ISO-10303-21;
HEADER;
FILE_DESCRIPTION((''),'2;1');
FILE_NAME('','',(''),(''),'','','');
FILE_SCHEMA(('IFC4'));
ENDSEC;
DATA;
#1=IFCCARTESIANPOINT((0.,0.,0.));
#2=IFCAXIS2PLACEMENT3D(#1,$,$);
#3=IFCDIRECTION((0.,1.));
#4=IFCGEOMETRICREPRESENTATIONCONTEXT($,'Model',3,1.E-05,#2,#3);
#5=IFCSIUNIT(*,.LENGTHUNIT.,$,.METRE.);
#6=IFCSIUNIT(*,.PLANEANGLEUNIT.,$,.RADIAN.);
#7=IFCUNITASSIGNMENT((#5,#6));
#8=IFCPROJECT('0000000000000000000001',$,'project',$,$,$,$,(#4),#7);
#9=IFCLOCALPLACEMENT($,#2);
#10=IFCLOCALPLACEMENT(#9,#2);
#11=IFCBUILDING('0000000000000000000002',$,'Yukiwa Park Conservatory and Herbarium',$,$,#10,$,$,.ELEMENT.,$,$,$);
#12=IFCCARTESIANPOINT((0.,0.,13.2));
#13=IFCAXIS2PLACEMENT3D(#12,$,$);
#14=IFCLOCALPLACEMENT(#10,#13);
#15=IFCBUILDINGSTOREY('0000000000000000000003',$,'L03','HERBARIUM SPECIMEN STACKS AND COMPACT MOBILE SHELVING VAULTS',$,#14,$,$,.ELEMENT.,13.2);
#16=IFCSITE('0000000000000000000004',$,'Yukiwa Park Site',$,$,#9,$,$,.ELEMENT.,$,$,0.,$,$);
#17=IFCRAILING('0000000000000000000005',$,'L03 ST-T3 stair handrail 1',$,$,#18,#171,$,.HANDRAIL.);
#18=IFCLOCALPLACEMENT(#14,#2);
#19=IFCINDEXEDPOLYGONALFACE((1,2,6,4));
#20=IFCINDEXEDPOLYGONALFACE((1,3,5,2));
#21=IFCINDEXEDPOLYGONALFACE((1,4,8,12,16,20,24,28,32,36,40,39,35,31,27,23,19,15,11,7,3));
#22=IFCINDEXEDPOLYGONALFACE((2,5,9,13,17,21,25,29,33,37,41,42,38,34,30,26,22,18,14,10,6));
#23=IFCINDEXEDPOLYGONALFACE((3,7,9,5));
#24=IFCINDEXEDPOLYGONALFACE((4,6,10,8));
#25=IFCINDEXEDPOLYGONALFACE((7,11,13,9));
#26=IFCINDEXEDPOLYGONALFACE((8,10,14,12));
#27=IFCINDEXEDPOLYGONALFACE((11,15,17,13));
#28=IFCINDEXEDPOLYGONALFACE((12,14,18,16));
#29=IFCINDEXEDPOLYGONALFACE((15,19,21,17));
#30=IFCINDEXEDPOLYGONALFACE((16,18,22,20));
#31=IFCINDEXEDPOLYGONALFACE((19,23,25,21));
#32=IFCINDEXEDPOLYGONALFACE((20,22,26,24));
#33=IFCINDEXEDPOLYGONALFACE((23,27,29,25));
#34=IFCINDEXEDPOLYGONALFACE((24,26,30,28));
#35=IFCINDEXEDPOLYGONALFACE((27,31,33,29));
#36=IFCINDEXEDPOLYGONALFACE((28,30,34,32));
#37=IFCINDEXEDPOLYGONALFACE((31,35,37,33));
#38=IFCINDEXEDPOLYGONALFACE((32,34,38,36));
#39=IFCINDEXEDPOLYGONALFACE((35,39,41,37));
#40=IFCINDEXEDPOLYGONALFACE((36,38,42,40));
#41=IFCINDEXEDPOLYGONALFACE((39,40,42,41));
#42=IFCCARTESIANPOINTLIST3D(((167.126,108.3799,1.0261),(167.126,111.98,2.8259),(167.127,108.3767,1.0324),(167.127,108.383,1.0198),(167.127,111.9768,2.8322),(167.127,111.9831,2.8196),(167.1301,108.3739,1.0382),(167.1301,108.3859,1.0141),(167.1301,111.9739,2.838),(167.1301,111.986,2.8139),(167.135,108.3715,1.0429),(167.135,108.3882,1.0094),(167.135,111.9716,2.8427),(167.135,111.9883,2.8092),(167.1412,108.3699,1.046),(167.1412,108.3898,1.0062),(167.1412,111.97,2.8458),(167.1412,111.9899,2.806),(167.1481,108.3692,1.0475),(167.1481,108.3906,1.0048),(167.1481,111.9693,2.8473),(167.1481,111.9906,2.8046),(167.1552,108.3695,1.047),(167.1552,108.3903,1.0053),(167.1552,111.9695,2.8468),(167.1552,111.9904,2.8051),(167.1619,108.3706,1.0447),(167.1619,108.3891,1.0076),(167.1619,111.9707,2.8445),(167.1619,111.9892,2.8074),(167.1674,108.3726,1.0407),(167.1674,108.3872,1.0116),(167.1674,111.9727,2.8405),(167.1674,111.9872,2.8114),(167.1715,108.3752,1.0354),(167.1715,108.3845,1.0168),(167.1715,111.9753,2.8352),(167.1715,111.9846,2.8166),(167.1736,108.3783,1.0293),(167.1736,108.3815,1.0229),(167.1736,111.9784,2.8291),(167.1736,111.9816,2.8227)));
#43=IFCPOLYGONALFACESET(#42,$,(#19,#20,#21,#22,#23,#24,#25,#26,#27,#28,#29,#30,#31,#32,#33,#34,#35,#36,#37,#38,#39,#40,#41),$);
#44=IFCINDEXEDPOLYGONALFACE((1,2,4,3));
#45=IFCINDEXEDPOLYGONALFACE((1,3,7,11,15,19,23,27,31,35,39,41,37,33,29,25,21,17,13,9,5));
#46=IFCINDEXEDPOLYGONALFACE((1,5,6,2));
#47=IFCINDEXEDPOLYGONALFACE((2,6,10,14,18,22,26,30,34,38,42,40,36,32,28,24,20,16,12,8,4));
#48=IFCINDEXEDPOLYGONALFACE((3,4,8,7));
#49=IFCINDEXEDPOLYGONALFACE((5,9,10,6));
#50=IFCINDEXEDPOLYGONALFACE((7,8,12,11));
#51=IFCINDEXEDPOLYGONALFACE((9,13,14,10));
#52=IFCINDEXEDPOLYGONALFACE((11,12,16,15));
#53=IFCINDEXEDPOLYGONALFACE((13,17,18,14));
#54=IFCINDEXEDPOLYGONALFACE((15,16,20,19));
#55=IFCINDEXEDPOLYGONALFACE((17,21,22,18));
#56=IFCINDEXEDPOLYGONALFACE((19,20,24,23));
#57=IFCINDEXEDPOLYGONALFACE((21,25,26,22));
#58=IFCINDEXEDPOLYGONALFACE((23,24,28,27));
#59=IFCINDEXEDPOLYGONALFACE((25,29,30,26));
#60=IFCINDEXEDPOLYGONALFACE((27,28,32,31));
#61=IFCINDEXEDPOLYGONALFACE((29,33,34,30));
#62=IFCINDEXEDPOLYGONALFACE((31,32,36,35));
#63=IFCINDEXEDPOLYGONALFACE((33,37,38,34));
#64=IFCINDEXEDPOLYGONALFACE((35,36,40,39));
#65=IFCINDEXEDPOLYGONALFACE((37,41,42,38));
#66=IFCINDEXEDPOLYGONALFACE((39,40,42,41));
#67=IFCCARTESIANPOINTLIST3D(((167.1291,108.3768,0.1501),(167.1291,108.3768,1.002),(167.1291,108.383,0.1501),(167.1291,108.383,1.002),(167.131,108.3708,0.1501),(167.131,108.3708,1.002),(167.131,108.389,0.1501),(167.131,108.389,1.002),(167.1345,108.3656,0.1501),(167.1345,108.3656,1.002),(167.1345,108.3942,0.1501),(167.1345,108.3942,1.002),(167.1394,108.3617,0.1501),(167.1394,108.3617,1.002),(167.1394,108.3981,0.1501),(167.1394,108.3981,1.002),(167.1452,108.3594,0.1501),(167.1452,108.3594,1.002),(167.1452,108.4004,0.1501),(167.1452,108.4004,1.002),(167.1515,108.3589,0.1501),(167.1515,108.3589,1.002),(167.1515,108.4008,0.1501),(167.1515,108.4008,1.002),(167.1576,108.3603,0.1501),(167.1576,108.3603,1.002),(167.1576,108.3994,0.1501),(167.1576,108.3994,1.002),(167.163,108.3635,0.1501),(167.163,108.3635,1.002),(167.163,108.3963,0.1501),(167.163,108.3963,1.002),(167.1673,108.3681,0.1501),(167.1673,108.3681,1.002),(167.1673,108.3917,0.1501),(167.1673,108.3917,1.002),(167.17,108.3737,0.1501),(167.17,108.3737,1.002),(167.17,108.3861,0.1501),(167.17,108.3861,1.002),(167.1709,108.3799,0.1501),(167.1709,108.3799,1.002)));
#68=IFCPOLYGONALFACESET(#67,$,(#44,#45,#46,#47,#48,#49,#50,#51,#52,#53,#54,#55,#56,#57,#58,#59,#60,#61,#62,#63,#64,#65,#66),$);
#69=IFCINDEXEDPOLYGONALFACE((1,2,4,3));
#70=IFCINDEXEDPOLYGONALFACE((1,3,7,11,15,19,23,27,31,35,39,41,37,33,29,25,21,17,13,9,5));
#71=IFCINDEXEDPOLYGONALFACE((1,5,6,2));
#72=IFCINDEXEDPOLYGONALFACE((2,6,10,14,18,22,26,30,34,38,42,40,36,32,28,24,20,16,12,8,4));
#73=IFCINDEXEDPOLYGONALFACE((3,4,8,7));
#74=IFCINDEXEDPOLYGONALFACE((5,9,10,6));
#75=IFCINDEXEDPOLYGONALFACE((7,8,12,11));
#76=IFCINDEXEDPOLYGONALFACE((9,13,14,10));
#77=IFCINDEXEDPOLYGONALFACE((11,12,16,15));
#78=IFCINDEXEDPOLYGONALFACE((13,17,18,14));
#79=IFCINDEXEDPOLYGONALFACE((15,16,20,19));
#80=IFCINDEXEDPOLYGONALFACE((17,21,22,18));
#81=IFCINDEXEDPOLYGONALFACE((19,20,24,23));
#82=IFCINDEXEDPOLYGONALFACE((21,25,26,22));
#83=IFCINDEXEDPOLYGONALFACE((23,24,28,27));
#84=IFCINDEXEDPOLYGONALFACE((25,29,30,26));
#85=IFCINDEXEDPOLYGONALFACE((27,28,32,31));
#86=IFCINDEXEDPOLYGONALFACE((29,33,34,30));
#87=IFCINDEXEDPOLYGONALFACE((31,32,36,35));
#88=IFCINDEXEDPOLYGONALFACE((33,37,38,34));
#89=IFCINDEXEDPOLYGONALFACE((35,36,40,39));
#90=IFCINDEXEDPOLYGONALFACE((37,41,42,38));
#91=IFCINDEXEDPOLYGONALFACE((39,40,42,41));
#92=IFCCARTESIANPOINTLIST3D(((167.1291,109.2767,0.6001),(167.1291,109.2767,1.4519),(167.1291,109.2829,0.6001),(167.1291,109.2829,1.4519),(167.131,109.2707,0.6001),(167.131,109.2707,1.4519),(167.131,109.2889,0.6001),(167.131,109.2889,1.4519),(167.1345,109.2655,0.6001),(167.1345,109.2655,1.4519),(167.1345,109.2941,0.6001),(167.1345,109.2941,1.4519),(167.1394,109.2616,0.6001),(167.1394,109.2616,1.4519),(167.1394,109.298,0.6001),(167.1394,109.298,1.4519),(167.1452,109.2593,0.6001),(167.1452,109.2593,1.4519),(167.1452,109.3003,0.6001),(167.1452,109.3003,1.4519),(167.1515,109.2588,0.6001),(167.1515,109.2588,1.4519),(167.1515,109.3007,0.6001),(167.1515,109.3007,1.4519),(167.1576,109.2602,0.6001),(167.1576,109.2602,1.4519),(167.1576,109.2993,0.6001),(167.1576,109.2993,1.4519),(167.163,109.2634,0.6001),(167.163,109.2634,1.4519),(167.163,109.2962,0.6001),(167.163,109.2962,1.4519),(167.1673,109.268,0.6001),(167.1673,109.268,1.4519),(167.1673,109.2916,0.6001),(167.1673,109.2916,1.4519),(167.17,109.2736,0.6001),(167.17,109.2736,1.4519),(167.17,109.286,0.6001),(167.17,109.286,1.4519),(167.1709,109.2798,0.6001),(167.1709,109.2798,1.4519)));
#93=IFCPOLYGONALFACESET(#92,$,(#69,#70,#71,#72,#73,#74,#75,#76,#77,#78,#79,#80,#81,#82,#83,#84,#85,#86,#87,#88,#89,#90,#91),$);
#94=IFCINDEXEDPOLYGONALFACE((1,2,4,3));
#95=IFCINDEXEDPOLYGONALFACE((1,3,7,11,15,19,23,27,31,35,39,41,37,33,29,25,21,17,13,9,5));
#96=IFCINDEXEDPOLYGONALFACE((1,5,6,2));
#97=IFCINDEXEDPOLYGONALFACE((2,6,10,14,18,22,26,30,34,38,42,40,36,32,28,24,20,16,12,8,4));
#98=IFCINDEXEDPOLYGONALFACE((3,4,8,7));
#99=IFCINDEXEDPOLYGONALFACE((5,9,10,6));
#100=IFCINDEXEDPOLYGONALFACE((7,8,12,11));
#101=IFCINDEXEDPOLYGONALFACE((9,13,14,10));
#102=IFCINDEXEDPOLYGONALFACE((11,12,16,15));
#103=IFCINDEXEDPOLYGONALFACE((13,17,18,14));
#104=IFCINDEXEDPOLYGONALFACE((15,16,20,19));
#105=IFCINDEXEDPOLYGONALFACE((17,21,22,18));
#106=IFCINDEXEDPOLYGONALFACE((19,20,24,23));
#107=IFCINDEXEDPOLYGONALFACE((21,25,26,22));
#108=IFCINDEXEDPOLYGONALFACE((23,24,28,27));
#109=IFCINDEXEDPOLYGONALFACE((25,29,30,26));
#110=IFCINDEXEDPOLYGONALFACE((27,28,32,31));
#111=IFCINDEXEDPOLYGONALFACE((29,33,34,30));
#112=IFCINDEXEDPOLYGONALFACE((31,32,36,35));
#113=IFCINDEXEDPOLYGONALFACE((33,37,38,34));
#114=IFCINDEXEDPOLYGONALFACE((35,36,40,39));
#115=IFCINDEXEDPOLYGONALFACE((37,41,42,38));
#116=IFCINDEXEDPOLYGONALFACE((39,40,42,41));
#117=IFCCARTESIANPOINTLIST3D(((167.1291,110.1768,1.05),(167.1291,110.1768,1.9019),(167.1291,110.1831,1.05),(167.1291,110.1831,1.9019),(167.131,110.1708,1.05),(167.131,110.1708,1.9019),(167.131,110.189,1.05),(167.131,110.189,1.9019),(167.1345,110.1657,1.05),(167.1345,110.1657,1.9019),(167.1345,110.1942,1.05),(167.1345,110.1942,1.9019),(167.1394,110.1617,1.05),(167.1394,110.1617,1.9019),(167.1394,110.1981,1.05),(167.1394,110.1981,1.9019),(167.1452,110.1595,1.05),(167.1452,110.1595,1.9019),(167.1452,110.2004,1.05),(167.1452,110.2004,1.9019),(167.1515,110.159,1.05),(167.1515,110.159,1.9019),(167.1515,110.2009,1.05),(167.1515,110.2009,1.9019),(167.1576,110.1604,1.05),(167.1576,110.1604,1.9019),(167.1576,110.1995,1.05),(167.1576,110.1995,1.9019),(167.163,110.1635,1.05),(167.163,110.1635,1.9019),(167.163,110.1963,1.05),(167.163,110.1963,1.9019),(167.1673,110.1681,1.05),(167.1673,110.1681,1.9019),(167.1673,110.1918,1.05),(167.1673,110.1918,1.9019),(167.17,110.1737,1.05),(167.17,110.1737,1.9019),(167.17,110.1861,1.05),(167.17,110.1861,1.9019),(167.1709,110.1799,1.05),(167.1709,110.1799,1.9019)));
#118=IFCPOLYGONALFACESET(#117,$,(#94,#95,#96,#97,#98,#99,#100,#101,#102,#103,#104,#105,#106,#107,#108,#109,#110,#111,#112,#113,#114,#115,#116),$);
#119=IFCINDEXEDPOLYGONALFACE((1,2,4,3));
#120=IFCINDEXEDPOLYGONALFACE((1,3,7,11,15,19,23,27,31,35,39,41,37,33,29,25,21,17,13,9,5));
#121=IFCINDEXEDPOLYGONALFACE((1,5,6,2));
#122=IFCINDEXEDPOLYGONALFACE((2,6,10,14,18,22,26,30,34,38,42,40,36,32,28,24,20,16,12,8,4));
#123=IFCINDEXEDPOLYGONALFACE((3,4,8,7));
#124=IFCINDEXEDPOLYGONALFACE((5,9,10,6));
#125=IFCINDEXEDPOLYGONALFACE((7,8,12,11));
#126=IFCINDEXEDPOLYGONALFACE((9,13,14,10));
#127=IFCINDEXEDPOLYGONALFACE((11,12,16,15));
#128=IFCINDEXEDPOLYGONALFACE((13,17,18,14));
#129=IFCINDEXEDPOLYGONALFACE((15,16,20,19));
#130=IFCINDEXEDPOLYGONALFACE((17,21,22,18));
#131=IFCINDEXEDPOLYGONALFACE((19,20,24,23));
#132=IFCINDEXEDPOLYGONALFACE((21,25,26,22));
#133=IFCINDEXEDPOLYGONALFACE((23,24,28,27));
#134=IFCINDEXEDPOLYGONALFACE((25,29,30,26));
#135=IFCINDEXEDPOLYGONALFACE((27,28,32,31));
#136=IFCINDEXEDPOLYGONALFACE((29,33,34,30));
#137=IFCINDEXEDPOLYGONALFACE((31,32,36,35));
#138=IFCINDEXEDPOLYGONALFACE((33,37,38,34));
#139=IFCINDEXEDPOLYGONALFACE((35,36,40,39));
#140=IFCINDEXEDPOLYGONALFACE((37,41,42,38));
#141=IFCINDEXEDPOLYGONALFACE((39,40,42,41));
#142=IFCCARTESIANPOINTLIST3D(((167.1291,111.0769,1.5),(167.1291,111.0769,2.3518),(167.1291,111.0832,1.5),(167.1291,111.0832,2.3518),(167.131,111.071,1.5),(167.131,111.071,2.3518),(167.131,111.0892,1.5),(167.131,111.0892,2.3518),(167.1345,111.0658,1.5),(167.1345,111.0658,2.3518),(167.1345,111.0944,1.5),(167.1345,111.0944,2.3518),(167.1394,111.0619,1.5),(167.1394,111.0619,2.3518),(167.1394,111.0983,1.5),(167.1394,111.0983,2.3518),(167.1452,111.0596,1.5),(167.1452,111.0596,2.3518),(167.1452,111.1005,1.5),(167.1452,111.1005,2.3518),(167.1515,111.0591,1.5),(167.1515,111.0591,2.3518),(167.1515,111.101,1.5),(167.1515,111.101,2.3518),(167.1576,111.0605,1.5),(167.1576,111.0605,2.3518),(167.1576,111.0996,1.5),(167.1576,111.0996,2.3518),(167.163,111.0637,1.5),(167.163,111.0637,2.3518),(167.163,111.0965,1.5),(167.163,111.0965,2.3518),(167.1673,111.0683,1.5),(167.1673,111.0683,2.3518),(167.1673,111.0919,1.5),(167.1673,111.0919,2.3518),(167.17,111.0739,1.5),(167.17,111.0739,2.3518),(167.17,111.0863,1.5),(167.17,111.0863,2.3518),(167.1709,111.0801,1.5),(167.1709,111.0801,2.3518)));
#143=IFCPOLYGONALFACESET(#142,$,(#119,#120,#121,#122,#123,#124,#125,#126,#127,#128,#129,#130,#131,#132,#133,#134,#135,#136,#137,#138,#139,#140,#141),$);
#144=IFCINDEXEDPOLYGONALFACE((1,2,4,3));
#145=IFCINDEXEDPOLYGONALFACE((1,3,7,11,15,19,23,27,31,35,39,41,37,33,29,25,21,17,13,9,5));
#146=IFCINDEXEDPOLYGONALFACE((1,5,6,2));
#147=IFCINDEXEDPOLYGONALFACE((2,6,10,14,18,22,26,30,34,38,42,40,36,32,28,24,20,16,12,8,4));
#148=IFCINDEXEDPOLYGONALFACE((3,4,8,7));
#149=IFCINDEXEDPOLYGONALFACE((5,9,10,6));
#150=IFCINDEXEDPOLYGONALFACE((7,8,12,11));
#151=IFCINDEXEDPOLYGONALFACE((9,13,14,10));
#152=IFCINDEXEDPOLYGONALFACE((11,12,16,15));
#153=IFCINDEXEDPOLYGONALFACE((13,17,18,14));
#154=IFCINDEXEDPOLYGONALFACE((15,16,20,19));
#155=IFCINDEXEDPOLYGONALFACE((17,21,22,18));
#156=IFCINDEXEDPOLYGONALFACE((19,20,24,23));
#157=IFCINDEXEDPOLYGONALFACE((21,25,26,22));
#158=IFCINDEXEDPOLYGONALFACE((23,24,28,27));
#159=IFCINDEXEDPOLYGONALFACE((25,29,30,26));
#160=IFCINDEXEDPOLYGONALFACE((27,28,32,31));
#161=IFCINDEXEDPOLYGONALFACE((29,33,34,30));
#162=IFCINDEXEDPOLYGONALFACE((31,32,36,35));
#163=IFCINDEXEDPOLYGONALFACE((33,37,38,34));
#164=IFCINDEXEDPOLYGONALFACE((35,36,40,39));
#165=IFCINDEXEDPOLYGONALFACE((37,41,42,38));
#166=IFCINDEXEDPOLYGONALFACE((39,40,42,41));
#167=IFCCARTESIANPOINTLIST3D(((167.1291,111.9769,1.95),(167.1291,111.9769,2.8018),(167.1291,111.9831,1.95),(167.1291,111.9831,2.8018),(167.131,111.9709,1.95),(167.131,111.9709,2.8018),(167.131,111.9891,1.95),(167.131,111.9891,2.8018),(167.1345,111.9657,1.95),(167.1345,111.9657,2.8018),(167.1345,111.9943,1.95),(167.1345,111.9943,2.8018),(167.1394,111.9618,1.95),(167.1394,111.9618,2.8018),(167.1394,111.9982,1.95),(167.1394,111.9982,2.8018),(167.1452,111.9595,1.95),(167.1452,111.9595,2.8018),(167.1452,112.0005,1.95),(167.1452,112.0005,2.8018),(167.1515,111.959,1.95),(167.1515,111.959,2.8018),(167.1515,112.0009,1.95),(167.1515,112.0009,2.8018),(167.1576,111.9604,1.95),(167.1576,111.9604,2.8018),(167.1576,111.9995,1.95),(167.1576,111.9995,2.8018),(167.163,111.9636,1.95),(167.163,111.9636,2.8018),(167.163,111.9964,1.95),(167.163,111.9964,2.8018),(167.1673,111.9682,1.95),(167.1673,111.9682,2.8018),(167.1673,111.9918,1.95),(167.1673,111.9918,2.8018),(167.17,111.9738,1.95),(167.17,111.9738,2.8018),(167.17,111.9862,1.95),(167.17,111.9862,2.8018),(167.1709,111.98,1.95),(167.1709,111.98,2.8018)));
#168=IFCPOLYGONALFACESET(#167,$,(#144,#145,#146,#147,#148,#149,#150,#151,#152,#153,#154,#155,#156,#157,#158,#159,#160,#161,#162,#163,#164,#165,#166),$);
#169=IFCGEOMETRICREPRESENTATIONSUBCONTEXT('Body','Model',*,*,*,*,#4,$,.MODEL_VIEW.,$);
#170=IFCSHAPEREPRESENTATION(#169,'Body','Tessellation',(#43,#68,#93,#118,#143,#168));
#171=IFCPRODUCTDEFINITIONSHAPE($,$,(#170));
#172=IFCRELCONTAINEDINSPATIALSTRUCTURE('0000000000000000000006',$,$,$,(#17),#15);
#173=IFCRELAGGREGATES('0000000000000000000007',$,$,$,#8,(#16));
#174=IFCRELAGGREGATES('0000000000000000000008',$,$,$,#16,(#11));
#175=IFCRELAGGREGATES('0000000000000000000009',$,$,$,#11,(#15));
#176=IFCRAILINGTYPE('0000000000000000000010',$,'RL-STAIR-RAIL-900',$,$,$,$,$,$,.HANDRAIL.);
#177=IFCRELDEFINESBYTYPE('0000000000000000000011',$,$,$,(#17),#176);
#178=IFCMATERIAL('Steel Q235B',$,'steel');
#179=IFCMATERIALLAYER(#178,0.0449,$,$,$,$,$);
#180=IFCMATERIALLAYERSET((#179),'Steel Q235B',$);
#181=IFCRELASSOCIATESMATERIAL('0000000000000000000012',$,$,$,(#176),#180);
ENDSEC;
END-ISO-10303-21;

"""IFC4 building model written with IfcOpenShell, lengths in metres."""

from ifc_helpers import new_model, si_unit, direction, frame, origin, origin_2d, place, context, subcontext, project, spatial, circle, extrude, material, layer, layer_set, type_object, element, save


model = new_model("IFC4")

# Units and contexts
model_context = context("Model", 3, precision=1e-05, world=origin(), true_north=direction((0.0, 1.0)))
body_context = subcontext(model_context, "Body", "Model", "MODEL_VIEW")
ifc_project = project(units=[si_unit("LENGTHUNIT", "METRE"), si_unit("PLANEANGLEUNIT", "RADIAN")], contexts=[model_context])

# Site, building, storey
site_placement = place(None, origin())
site = spatial("IfcSite", under=ifc_project, at=site_placement, Name="Yukiwa Park Site", CompositionType="ELEMENT", RefElevation=0.0)
building_placement = place(site_placement, origin())
building = spatial("IfcBuilding", under=site, at=building_placement, Name="Yukiwa Park Conservatory and Herbarium", CompositionType="ELEMENT")
storey_placement = place(building_placement, frame((0.0, 0.0, 13.2)))
storey = spatial("IfcBuildingStorey", under=building, at=storey_placement, Name="L03", Description="HERBARIUM SPECIMEN STACKS AND COMPACT MOBILE SHELVING VAULTS", CompositionType="ELEMENT", Elevation=13.2)

# Railing
ifc_material_1 = material(Name="Steel Q235B", Category="steel")
ifc_layer_1 = layer(ifc_material_1, 0.0449)
ifc_layer_set_1 = layer_set([ifc_layer_1], Name="Steel Q235B")
railing_type_1 = type_object("IfcRailingType", Name="RL-STAIR-RAIL-900", PredefinedType="HANDRAIL", material=ifc_layer_set_1)
railing_1_placement = place(storey_placement, frame((167.1499, 108.3799, 0.1501)))
element("IfcRailing", 1, at=railing_1_placement, inside=storey, type_object=railing_type_1, Name="L03 ST-T3 stair handrail 1", PredefinedType="HANDRAIL", context=body_context, shape_type="SweptSolid", body=[
    extrude(circle(Radius=0.0239, at=origin_2d()), frame((0.0, 0.0, 0.876), z_axis=(0.0, 0.894451, 0.447165), x_axis=(-1.0, 0.0, 0.0)), (0.0, 0.0, 1.0), 4.0249),
    extrude(circle(Radius=0.021, at=origin_2d()), origin(), (0.0, 0.0, 1.0), 0.8518),
    extrude(circle(Radius=0.021, at=origin_2d()), frame((0.0, 0.8999, 0.45)), (0.0, 0.0, 1.0), 0.8518),
    extrude(circle(Radius=0.021, at=origin_2d()), frame((0.0, 1.8, 0.8999)), (0.0, 0.0, 1.0), 0.8518),
    extrude(circle(Radius=0.021, at=origin_2d()), frame((0.0, 2.7002, 1.3499)), (0.0, 0.0, 1.0), 0.8518),
    extrude(circle(Radius=0.021, at=origin_2d()), frame((0.0, 3.6001, 1.7998)), (0.0, 0.0, 1.0), 0.8518),
])

save(model, "model.ifc")
